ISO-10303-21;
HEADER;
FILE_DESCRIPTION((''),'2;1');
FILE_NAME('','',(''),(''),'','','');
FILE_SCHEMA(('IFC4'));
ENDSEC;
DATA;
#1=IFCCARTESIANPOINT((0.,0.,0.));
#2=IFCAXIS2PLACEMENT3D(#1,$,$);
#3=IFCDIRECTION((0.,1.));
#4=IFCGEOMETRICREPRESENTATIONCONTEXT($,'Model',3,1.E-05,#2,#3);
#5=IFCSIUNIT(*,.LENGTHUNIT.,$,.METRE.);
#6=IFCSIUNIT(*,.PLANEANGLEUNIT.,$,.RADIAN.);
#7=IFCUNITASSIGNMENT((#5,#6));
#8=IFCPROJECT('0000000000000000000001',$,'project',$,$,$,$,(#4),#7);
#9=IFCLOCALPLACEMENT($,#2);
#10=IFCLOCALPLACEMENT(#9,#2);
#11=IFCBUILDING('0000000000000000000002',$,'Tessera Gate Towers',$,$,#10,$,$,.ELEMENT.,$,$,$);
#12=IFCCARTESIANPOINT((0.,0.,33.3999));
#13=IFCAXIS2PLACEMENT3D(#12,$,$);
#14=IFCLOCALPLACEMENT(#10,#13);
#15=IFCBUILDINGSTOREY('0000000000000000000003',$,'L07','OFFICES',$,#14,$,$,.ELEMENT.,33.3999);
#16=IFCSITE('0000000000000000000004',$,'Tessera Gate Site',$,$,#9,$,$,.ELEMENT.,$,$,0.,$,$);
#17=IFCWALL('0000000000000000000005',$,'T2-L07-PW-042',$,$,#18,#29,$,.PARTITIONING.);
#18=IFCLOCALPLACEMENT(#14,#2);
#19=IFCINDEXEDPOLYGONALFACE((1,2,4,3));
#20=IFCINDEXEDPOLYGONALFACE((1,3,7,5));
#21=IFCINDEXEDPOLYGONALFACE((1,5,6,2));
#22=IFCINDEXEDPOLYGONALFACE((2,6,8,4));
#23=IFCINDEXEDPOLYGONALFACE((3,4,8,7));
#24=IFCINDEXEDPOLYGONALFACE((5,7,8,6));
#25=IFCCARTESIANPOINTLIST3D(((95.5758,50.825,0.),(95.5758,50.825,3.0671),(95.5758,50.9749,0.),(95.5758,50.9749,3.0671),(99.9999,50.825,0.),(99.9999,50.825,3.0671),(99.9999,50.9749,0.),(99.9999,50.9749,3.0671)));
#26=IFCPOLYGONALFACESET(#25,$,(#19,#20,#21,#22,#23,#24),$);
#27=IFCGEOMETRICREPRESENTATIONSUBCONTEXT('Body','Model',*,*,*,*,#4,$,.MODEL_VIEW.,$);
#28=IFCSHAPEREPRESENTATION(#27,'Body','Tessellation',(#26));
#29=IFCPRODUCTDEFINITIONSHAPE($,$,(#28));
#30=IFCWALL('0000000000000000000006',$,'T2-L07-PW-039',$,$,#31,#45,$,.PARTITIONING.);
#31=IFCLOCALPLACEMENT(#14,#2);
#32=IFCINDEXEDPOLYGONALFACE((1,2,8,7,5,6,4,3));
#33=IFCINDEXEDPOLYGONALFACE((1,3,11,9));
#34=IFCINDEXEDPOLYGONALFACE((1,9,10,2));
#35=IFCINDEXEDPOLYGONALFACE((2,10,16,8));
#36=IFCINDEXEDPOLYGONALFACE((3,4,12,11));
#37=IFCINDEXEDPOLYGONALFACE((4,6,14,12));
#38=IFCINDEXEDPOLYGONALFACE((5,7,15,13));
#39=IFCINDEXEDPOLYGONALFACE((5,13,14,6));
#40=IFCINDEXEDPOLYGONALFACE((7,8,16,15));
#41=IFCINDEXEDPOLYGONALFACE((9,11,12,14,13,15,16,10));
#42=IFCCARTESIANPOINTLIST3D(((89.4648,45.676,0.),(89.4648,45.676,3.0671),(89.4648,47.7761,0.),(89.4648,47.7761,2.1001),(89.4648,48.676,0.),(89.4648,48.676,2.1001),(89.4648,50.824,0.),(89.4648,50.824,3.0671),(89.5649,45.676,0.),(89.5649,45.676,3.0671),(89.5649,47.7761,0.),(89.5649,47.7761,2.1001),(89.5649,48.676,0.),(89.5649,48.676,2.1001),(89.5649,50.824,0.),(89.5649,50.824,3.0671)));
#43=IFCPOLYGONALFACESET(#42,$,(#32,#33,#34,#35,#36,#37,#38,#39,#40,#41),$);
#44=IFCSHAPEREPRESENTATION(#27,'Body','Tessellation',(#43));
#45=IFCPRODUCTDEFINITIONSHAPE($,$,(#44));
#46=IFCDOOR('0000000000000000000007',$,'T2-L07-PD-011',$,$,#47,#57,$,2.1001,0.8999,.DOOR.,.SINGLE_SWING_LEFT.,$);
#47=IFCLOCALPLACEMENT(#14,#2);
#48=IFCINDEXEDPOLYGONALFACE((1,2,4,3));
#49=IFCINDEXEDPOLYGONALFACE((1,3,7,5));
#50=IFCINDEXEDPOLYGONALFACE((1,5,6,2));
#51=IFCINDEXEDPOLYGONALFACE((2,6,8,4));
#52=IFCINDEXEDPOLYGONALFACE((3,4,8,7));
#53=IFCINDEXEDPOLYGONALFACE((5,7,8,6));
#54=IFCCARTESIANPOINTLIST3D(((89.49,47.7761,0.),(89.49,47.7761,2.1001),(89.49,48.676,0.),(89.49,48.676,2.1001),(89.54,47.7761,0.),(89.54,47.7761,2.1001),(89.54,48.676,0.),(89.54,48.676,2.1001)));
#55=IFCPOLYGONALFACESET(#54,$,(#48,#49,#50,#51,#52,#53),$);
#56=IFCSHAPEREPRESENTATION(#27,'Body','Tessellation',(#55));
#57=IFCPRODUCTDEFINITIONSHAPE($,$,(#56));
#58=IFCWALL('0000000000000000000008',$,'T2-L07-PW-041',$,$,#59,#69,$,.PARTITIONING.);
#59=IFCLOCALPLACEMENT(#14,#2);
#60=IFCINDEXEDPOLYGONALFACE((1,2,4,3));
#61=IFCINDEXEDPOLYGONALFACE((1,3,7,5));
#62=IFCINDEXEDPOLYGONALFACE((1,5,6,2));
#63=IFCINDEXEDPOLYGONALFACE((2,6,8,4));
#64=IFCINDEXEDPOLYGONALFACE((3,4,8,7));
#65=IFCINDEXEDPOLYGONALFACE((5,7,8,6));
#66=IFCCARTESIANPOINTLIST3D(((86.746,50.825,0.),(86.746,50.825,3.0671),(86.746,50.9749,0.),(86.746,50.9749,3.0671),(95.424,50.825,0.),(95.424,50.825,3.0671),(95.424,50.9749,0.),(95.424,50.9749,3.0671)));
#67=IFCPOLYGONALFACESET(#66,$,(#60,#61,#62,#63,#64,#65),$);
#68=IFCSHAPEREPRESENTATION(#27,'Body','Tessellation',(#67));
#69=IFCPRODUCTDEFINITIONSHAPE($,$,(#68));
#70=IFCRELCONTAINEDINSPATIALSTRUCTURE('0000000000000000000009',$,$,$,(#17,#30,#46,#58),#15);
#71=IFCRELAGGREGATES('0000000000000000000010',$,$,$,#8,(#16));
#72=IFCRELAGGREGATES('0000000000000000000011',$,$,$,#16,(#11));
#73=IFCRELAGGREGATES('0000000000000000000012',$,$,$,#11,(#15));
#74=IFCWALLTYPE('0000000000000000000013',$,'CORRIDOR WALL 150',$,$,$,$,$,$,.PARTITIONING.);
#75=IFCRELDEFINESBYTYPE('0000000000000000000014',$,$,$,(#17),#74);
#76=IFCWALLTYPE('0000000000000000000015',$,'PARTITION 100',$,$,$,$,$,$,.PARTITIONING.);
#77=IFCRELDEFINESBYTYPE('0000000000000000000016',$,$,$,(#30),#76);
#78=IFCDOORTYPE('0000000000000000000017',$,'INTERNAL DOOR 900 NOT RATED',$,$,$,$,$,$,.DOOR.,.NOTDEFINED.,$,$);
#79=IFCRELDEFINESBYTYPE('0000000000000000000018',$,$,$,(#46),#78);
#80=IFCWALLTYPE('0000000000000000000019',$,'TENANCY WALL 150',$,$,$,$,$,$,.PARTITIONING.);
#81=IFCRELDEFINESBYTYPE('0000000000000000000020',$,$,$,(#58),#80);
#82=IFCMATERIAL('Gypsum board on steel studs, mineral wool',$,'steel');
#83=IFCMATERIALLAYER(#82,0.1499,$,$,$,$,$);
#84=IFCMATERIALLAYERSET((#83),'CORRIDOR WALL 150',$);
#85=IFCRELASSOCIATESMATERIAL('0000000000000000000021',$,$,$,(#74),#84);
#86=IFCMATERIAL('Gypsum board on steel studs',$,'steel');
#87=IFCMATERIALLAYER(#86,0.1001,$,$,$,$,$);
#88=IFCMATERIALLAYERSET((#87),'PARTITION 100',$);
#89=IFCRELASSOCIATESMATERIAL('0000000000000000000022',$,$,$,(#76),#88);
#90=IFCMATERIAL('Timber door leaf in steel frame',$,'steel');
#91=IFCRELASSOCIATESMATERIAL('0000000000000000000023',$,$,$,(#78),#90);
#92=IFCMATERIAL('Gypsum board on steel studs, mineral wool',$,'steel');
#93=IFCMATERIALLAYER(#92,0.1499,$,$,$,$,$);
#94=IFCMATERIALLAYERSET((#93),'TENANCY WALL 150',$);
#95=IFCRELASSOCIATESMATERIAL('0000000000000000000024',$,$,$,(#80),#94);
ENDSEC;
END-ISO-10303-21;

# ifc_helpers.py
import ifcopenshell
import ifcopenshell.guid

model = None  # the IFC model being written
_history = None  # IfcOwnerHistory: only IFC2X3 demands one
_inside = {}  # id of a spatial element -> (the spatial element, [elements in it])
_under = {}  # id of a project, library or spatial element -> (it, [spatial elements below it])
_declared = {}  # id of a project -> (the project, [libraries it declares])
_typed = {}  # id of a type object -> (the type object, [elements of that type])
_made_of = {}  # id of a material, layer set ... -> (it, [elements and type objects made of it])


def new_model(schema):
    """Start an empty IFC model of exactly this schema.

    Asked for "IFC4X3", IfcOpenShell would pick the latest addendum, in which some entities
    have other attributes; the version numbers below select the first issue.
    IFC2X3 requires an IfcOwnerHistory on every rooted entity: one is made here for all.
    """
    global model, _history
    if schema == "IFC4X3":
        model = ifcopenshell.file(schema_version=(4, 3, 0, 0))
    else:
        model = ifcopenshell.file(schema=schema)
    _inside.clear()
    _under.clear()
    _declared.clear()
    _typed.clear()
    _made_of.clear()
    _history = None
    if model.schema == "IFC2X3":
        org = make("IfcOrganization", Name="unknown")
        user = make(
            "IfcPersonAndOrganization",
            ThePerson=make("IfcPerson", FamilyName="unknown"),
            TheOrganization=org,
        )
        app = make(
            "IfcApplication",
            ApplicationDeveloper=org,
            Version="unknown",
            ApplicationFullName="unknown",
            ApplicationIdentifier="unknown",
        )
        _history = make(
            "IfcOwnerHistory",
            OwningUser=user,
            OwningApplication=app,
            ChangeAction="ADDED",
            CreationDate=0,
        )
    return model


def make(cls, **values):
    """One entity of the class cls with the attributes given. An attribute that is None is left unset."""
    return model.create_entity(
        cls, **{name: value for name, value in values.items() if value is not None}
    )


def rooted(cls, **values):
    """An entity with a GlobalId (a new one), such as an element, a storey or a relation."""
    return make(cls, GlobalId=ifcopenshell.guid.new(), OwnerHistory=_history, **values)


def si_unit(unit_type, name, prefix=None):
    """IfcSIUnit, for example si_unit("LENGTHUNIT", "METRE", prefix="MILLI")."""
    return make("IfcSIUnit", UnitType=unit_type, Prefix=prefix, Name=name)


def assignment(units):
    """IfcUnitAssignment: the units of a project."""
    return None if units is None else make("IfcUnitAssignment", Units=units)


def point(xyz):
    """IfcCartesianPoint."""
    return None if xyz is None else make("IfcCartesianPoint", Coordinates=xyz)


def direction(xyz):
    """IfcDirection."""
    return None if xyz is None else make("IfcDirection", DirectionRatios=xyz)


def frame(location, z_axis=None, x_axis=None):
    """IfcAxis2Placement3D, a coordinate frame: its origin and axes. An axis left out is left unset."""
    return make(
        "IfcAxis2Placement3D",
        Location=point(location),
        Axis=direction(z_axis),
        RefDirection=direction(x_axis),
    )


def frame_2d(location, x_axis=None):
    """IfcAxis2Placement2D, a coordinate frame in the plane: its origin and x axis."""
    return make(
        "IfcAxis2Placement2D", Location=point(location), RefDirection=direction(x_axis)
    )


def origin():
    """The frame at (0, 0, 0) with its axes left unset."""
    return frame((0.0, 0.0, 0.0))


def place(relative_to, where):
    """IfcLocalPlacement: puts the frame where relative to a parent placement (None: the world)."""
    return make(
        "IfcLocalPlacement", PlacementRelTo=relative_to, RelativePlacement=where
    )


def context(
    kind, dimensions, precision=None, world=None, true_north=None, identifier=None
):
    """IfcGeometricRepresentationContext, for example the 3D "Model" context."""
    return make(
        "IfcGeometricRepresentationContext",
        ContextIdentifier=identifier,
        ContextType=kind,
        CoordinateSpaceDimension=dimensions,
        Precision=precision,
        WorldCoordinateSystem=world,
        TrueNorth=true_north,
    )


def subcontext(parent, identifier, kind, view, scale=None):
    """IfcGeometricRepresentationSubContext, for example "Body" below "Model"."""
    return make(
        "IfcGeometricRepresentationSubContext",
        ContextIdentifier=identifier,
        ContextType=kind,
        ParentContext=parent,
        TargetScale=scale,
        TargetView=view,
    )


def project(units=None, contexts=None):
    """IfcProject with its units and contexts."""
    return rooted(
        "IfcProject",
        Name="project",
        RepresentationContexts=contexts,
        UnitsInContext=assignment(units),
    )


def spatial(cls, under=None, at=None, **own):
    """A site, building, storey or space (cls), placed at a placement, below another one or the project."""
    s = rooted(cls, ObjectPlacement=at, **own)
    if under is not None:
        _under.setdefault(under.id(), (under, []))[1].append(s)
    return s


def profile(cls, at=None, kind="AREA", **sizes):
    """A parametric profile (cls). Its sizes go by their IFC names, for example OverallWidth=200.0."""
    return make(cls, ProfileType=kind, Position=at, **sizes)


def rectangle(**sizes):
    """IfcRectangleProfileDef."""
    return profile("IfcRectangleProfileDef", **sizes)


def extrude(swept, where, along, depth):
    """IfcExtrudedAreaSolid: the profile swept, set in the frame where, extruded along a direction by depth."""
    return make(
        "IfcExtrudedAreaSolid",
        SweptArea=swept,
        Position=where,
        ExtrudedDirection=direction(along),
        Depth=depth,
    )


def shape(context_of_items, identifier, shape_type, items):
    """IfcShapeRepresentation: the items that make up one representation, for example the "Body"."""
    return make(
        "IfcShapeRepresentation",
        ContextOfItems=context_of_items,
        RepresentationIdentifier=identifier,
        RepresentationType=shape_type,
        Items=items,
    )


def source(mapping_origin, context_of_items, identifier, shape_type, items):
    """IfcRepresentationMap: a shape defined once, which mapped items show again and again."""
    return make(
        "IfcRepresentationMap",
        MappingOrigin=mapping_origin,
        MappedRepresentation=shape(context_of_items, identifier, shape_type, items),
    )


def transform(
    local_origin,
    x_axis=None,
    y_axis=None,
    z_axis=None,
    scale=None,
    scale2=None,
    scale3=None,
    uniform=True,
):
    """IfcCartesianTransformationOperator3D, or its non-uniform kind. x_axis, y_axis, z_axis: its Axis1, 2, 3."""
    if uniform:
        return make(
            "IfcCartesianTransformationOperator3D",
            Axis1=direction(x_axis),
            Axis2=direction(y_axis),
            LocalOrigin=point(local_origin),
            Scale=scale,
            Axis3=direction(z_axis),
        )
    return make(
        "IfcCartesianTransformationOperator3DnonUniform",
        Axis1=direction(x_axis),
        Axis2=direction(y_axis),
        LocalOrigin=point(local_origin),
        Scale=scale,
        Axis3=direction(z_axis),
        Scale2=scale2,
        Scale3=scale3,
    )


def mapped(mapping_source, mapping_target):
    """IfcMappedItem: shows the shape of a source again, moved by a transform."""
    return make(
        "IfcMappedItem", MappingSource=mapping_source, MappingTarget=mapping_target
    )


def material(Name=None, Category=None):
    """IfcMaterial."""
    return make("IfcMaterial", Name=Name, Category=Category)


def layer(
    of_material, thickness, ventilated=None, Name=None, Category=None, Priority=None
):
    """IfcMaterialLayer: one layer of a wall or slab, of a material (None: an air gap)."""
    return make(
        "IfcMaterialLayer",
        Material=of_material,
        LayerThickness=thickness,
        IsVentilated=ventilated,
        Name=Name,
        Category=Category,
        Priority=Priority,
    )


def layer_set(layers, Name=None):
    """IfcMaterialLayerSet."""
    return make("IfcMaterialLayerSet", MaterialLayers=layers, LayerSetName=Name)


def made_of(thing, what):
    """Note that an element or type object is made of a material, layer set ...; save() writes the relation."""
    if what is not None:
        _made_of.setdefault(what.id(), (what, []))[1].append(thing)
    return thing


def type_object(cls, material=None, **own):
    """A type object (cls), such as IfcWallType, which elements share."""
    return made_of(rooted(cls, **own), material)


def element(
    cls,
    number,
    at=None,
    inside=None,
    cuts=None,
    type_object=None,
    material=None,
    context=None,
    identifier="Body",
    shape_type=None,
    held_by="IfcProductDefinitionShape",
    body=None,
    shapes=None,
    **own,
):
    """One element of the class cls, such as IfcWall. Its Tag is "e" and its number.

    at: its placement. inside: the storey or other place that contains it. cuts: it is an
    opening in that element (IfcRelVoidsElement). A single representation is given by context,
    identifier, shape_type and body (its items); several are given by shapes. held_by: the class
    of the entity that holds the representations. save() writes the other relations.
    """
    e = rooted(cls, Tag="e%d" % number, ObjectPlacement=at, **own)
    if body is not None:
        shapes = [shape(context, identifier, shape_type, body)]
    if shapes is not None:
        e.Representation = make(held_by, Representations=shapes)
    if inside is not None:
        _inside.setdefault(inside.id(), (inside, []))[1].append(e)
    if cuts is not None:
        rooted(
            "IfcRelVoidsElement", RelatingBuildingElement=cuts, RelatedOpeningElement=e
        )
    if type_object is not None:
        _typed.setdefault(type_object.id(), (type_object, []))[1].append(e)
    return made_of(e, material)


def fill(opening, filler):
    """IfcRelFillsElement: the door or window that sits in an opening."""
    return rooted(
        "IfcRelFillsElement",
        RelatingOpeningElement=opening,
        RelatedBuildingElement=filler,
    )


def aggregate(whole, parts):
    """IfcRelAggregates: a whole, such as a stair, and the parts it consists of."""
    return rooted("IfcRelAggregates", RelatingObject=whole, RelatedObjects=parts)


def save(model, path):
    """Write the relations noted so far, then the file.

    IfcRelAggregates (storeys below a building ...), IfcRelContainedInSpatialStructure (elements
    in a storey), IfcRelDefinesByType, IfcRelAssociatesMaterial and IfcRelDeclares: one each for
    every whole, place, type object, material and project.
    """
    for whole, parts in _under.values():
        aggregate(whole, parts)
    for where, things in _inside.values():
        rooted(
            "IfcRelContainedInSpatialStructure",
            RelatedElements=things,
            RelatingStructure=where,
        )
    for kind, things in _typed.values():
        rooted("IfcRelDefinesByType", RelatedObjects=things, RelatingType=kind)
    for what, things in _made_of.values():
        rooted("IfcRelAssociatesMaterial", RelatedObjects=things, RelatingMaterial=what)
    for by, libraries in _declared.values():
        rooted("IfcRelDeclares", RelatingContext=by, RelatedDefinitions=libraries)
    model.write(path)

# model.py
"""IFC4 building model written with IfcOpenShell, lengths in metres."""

from ifc_helpers import new_model, si_unit, direction, frame, frame_2d, origin, place, context, subcontext, project, spatial, rectangle, extrude, source, transform, mapped, material, layer, layer_set, type_object, element, fill, save


model = new_model("IFC4")

# Units and contexts
model_context = context("Model", 3, precision=1e-05, world=origin(), true_north=direction((0.0, 1.0)))
body_context = subcontext(model_context, "Body", "Model", "MODEL_VIEW")
ifc_project = project(units=[si_unit("LENGTHUNIT", "METRE"), si_unit("PLANEANGLEUNIT", "RADIAN")], contexts=[model_context])

# Site, building, storey
site_placement = place(None, origin())
site = spatial("IfcSite", under=ifc_project, at=site_placement, Name="Tessera Gate Site", CompositionType="ELEMENT", RefElevation=0.0)
building_placement = place(site_placement, origin())
building = spatial("IfcBuilding", under=site, at=building_placement, Name="Tessera Gate Towers", CompositionType="ELEMENT")
storey_placement = place(building_placement, frame((0.0, 0.0, 33.3999)))
storey = spatial("IfcBuildingStorey", under=building, at=storey_placement, Name="L07", Description="OFFICES", CompositionType="ELEMENT", Elevation=33.3999)

# Wall
ifc_material_1 = material(Name="Gypsum board on steel studs, mineral wool", Category="steel")
ifc_layer_1 = layer(ifc_material_1, 0.1499)
ifc_layer_set_1 = layer_set([ifc_layer_1], Name="CORRIDOR WALL 150")
wall_type_1 = type_object("IfcWallType", Name="CORRIDOR WALL 150", PredefinedType="PARTITIONING", material=ifc_layer_set_1)
wall_1_placement = place(storey_placement, frame((95.5759, 50.8999, 0.0), z_axis=(0.0, 0.0, 1.0), x_axis=(1.0, 0.0, 0.0)))
element("IfcWall", 1, at=wall_1_placement, inside=storey, type_object=wall_type_1, Name="T2-L07-PW-042", PredefinedType="PARTITIONING", context=body_context, shape_type="SweptSolid", body=[
    extrude(rectangle(XDim=4.4241, YDim=0.1499, at=frame_2d((2.2119, 0.0))), origin(), (0.0, 0.0, 1.0), 3.0671),
])

# Wall, opening, door
ifc_material_2 = material(Name="Gypsum board on steel studs", Category="steel")
ifc_layer_2 = layer(ifc_material_2, 0.1001)
ifc_layer_set_2 = layer_set([ifc_layer_2], Name="PARTITION 100")
wall_type_2 = type_object("IfcWallType", Name="PARTITION 100", PredefinedType="PARTITIONING", material=ifc_layer_set_2)
wall_2_placement = place(storey_placement, frame((89.5149, 45.676, 0.0), z_axis=(0.0, 0.0, 1.0), x_axis=(0.0, 1.0, 0.0)))
wall_2 = element("IfcWall", 2, at=wall_2_placement, inside=storey, type_object=wall_type_2, Name="T2-L07-PW-039", PredefinedType="PARTITIONING", context=body_context, shape_type="SweptSolid", body=[
    extrude(rectangle(XDim=5.1479, YDim=0.1001, at=frame_2d((2.574, 0.0))), origin(), (0.0, 0.0, 1.0), 3.0671),
])
shared_shape_1 = source(origin(), body_context, "Body", "SweptSolid", [
    extrude(rectangle(XDim=0.8999, YDim=2.1001, at=frame_2d((0.45, 1.05))), frame((0.0, 0.0601, 0.0), z_axis=(0.0, -1.0, 0.0), x_axis=(1.0, 0.0, 0.0)), (0.0, 0.0, 1.0), 0.1201),
])
opening_placement = place(wall_2_placement, frame((2.1001, 0.0, 0.0)))
opening = element("IfcOpeningElement", 3, at=opening_placement, cuts=wall_2, PredefinedType="OPENING", context=body_context, shape_type="MappedRepresentation", body=[
    mapped(shared_shape_1, transform((0.0, 0.0, 0.0), scale=1.0)),
])
ifc_material_3 = material(Name="Timber door leaf in steel frame", Category="steel")
door_type = type_object("IfcDoorType", Name="INTERNAL DOOR 900 NOT RATED", OperationType="NOTDEFINED", PredefinedType="DOOR", material=ifc_material_3)
shared_shape_2 = source(origin(), body_context, "Body", "SweptSolid", [
    extrude(rectangle(XDim=0.8999, YDim=2.1001, at=frame_2d((0.45, 1.05))), frame((0.0, 0.0249, 0.0), z_axis=(0.0, -1.0, 0.0), x_axis=(1.0, 0.0, 0.0)), (0.0, 0.0, 1.0), 0.05),
])
door_placement = place(opening_placement, origin())
door = element("IfcDoor", 4, at=door_placement, inside=storey, type_object=door_type, Name="T2-L07-PD-011", OperationType="SINGLE_SWING_LEFT", OverallHeight=2.1001, OverallWidth=0.8999, PredefinedType="DOOR", context=body_context, shape_type="MappedRepresentation", body=[
    mapped(shared_shape_2, transform((0.0, 0.0, 0.0), scale=1.0)),
])
fill(opening, door)

# Wall
ifc_material_4 = material(Name="Gypsum board on steel studs, mineral wool", Category="steel")
ifc_layer_3 = layer(ifc_material_4, 0.1499)
ifc_layer_set_3 = layer_set([ifc_layer_3], Name="TENANCY WALL 150")
wall_type_3 = type_object("IfcWallType", Name="TENANCY WALL 150", PredefinedType="PARTITIONING", material=ifc_layer_set_3)
wall_3_placement = place(storey_placement, frame((86.7461, 50.8999, 0.0), z_axis=(0.0, 0.0, 1.0), x_axis=(1.0, 0.0, 0.0)))
element("IfcWall", 5, at=wall_3_placement, inside=storey, type_object=wall_type_3, Name="T2-L07-PW-041", PredefinedType="PARTITIONING", context=body_context, shape_type="SweptSolid", body=[
    extrude(rectangle(XDim=8.678, YDim=0.1499, at=frame_2d((4.3389, 0.0))), origin(), (0.0, 0.0, 1.0), 3.0671),
])

save(model, "model.ifc")
